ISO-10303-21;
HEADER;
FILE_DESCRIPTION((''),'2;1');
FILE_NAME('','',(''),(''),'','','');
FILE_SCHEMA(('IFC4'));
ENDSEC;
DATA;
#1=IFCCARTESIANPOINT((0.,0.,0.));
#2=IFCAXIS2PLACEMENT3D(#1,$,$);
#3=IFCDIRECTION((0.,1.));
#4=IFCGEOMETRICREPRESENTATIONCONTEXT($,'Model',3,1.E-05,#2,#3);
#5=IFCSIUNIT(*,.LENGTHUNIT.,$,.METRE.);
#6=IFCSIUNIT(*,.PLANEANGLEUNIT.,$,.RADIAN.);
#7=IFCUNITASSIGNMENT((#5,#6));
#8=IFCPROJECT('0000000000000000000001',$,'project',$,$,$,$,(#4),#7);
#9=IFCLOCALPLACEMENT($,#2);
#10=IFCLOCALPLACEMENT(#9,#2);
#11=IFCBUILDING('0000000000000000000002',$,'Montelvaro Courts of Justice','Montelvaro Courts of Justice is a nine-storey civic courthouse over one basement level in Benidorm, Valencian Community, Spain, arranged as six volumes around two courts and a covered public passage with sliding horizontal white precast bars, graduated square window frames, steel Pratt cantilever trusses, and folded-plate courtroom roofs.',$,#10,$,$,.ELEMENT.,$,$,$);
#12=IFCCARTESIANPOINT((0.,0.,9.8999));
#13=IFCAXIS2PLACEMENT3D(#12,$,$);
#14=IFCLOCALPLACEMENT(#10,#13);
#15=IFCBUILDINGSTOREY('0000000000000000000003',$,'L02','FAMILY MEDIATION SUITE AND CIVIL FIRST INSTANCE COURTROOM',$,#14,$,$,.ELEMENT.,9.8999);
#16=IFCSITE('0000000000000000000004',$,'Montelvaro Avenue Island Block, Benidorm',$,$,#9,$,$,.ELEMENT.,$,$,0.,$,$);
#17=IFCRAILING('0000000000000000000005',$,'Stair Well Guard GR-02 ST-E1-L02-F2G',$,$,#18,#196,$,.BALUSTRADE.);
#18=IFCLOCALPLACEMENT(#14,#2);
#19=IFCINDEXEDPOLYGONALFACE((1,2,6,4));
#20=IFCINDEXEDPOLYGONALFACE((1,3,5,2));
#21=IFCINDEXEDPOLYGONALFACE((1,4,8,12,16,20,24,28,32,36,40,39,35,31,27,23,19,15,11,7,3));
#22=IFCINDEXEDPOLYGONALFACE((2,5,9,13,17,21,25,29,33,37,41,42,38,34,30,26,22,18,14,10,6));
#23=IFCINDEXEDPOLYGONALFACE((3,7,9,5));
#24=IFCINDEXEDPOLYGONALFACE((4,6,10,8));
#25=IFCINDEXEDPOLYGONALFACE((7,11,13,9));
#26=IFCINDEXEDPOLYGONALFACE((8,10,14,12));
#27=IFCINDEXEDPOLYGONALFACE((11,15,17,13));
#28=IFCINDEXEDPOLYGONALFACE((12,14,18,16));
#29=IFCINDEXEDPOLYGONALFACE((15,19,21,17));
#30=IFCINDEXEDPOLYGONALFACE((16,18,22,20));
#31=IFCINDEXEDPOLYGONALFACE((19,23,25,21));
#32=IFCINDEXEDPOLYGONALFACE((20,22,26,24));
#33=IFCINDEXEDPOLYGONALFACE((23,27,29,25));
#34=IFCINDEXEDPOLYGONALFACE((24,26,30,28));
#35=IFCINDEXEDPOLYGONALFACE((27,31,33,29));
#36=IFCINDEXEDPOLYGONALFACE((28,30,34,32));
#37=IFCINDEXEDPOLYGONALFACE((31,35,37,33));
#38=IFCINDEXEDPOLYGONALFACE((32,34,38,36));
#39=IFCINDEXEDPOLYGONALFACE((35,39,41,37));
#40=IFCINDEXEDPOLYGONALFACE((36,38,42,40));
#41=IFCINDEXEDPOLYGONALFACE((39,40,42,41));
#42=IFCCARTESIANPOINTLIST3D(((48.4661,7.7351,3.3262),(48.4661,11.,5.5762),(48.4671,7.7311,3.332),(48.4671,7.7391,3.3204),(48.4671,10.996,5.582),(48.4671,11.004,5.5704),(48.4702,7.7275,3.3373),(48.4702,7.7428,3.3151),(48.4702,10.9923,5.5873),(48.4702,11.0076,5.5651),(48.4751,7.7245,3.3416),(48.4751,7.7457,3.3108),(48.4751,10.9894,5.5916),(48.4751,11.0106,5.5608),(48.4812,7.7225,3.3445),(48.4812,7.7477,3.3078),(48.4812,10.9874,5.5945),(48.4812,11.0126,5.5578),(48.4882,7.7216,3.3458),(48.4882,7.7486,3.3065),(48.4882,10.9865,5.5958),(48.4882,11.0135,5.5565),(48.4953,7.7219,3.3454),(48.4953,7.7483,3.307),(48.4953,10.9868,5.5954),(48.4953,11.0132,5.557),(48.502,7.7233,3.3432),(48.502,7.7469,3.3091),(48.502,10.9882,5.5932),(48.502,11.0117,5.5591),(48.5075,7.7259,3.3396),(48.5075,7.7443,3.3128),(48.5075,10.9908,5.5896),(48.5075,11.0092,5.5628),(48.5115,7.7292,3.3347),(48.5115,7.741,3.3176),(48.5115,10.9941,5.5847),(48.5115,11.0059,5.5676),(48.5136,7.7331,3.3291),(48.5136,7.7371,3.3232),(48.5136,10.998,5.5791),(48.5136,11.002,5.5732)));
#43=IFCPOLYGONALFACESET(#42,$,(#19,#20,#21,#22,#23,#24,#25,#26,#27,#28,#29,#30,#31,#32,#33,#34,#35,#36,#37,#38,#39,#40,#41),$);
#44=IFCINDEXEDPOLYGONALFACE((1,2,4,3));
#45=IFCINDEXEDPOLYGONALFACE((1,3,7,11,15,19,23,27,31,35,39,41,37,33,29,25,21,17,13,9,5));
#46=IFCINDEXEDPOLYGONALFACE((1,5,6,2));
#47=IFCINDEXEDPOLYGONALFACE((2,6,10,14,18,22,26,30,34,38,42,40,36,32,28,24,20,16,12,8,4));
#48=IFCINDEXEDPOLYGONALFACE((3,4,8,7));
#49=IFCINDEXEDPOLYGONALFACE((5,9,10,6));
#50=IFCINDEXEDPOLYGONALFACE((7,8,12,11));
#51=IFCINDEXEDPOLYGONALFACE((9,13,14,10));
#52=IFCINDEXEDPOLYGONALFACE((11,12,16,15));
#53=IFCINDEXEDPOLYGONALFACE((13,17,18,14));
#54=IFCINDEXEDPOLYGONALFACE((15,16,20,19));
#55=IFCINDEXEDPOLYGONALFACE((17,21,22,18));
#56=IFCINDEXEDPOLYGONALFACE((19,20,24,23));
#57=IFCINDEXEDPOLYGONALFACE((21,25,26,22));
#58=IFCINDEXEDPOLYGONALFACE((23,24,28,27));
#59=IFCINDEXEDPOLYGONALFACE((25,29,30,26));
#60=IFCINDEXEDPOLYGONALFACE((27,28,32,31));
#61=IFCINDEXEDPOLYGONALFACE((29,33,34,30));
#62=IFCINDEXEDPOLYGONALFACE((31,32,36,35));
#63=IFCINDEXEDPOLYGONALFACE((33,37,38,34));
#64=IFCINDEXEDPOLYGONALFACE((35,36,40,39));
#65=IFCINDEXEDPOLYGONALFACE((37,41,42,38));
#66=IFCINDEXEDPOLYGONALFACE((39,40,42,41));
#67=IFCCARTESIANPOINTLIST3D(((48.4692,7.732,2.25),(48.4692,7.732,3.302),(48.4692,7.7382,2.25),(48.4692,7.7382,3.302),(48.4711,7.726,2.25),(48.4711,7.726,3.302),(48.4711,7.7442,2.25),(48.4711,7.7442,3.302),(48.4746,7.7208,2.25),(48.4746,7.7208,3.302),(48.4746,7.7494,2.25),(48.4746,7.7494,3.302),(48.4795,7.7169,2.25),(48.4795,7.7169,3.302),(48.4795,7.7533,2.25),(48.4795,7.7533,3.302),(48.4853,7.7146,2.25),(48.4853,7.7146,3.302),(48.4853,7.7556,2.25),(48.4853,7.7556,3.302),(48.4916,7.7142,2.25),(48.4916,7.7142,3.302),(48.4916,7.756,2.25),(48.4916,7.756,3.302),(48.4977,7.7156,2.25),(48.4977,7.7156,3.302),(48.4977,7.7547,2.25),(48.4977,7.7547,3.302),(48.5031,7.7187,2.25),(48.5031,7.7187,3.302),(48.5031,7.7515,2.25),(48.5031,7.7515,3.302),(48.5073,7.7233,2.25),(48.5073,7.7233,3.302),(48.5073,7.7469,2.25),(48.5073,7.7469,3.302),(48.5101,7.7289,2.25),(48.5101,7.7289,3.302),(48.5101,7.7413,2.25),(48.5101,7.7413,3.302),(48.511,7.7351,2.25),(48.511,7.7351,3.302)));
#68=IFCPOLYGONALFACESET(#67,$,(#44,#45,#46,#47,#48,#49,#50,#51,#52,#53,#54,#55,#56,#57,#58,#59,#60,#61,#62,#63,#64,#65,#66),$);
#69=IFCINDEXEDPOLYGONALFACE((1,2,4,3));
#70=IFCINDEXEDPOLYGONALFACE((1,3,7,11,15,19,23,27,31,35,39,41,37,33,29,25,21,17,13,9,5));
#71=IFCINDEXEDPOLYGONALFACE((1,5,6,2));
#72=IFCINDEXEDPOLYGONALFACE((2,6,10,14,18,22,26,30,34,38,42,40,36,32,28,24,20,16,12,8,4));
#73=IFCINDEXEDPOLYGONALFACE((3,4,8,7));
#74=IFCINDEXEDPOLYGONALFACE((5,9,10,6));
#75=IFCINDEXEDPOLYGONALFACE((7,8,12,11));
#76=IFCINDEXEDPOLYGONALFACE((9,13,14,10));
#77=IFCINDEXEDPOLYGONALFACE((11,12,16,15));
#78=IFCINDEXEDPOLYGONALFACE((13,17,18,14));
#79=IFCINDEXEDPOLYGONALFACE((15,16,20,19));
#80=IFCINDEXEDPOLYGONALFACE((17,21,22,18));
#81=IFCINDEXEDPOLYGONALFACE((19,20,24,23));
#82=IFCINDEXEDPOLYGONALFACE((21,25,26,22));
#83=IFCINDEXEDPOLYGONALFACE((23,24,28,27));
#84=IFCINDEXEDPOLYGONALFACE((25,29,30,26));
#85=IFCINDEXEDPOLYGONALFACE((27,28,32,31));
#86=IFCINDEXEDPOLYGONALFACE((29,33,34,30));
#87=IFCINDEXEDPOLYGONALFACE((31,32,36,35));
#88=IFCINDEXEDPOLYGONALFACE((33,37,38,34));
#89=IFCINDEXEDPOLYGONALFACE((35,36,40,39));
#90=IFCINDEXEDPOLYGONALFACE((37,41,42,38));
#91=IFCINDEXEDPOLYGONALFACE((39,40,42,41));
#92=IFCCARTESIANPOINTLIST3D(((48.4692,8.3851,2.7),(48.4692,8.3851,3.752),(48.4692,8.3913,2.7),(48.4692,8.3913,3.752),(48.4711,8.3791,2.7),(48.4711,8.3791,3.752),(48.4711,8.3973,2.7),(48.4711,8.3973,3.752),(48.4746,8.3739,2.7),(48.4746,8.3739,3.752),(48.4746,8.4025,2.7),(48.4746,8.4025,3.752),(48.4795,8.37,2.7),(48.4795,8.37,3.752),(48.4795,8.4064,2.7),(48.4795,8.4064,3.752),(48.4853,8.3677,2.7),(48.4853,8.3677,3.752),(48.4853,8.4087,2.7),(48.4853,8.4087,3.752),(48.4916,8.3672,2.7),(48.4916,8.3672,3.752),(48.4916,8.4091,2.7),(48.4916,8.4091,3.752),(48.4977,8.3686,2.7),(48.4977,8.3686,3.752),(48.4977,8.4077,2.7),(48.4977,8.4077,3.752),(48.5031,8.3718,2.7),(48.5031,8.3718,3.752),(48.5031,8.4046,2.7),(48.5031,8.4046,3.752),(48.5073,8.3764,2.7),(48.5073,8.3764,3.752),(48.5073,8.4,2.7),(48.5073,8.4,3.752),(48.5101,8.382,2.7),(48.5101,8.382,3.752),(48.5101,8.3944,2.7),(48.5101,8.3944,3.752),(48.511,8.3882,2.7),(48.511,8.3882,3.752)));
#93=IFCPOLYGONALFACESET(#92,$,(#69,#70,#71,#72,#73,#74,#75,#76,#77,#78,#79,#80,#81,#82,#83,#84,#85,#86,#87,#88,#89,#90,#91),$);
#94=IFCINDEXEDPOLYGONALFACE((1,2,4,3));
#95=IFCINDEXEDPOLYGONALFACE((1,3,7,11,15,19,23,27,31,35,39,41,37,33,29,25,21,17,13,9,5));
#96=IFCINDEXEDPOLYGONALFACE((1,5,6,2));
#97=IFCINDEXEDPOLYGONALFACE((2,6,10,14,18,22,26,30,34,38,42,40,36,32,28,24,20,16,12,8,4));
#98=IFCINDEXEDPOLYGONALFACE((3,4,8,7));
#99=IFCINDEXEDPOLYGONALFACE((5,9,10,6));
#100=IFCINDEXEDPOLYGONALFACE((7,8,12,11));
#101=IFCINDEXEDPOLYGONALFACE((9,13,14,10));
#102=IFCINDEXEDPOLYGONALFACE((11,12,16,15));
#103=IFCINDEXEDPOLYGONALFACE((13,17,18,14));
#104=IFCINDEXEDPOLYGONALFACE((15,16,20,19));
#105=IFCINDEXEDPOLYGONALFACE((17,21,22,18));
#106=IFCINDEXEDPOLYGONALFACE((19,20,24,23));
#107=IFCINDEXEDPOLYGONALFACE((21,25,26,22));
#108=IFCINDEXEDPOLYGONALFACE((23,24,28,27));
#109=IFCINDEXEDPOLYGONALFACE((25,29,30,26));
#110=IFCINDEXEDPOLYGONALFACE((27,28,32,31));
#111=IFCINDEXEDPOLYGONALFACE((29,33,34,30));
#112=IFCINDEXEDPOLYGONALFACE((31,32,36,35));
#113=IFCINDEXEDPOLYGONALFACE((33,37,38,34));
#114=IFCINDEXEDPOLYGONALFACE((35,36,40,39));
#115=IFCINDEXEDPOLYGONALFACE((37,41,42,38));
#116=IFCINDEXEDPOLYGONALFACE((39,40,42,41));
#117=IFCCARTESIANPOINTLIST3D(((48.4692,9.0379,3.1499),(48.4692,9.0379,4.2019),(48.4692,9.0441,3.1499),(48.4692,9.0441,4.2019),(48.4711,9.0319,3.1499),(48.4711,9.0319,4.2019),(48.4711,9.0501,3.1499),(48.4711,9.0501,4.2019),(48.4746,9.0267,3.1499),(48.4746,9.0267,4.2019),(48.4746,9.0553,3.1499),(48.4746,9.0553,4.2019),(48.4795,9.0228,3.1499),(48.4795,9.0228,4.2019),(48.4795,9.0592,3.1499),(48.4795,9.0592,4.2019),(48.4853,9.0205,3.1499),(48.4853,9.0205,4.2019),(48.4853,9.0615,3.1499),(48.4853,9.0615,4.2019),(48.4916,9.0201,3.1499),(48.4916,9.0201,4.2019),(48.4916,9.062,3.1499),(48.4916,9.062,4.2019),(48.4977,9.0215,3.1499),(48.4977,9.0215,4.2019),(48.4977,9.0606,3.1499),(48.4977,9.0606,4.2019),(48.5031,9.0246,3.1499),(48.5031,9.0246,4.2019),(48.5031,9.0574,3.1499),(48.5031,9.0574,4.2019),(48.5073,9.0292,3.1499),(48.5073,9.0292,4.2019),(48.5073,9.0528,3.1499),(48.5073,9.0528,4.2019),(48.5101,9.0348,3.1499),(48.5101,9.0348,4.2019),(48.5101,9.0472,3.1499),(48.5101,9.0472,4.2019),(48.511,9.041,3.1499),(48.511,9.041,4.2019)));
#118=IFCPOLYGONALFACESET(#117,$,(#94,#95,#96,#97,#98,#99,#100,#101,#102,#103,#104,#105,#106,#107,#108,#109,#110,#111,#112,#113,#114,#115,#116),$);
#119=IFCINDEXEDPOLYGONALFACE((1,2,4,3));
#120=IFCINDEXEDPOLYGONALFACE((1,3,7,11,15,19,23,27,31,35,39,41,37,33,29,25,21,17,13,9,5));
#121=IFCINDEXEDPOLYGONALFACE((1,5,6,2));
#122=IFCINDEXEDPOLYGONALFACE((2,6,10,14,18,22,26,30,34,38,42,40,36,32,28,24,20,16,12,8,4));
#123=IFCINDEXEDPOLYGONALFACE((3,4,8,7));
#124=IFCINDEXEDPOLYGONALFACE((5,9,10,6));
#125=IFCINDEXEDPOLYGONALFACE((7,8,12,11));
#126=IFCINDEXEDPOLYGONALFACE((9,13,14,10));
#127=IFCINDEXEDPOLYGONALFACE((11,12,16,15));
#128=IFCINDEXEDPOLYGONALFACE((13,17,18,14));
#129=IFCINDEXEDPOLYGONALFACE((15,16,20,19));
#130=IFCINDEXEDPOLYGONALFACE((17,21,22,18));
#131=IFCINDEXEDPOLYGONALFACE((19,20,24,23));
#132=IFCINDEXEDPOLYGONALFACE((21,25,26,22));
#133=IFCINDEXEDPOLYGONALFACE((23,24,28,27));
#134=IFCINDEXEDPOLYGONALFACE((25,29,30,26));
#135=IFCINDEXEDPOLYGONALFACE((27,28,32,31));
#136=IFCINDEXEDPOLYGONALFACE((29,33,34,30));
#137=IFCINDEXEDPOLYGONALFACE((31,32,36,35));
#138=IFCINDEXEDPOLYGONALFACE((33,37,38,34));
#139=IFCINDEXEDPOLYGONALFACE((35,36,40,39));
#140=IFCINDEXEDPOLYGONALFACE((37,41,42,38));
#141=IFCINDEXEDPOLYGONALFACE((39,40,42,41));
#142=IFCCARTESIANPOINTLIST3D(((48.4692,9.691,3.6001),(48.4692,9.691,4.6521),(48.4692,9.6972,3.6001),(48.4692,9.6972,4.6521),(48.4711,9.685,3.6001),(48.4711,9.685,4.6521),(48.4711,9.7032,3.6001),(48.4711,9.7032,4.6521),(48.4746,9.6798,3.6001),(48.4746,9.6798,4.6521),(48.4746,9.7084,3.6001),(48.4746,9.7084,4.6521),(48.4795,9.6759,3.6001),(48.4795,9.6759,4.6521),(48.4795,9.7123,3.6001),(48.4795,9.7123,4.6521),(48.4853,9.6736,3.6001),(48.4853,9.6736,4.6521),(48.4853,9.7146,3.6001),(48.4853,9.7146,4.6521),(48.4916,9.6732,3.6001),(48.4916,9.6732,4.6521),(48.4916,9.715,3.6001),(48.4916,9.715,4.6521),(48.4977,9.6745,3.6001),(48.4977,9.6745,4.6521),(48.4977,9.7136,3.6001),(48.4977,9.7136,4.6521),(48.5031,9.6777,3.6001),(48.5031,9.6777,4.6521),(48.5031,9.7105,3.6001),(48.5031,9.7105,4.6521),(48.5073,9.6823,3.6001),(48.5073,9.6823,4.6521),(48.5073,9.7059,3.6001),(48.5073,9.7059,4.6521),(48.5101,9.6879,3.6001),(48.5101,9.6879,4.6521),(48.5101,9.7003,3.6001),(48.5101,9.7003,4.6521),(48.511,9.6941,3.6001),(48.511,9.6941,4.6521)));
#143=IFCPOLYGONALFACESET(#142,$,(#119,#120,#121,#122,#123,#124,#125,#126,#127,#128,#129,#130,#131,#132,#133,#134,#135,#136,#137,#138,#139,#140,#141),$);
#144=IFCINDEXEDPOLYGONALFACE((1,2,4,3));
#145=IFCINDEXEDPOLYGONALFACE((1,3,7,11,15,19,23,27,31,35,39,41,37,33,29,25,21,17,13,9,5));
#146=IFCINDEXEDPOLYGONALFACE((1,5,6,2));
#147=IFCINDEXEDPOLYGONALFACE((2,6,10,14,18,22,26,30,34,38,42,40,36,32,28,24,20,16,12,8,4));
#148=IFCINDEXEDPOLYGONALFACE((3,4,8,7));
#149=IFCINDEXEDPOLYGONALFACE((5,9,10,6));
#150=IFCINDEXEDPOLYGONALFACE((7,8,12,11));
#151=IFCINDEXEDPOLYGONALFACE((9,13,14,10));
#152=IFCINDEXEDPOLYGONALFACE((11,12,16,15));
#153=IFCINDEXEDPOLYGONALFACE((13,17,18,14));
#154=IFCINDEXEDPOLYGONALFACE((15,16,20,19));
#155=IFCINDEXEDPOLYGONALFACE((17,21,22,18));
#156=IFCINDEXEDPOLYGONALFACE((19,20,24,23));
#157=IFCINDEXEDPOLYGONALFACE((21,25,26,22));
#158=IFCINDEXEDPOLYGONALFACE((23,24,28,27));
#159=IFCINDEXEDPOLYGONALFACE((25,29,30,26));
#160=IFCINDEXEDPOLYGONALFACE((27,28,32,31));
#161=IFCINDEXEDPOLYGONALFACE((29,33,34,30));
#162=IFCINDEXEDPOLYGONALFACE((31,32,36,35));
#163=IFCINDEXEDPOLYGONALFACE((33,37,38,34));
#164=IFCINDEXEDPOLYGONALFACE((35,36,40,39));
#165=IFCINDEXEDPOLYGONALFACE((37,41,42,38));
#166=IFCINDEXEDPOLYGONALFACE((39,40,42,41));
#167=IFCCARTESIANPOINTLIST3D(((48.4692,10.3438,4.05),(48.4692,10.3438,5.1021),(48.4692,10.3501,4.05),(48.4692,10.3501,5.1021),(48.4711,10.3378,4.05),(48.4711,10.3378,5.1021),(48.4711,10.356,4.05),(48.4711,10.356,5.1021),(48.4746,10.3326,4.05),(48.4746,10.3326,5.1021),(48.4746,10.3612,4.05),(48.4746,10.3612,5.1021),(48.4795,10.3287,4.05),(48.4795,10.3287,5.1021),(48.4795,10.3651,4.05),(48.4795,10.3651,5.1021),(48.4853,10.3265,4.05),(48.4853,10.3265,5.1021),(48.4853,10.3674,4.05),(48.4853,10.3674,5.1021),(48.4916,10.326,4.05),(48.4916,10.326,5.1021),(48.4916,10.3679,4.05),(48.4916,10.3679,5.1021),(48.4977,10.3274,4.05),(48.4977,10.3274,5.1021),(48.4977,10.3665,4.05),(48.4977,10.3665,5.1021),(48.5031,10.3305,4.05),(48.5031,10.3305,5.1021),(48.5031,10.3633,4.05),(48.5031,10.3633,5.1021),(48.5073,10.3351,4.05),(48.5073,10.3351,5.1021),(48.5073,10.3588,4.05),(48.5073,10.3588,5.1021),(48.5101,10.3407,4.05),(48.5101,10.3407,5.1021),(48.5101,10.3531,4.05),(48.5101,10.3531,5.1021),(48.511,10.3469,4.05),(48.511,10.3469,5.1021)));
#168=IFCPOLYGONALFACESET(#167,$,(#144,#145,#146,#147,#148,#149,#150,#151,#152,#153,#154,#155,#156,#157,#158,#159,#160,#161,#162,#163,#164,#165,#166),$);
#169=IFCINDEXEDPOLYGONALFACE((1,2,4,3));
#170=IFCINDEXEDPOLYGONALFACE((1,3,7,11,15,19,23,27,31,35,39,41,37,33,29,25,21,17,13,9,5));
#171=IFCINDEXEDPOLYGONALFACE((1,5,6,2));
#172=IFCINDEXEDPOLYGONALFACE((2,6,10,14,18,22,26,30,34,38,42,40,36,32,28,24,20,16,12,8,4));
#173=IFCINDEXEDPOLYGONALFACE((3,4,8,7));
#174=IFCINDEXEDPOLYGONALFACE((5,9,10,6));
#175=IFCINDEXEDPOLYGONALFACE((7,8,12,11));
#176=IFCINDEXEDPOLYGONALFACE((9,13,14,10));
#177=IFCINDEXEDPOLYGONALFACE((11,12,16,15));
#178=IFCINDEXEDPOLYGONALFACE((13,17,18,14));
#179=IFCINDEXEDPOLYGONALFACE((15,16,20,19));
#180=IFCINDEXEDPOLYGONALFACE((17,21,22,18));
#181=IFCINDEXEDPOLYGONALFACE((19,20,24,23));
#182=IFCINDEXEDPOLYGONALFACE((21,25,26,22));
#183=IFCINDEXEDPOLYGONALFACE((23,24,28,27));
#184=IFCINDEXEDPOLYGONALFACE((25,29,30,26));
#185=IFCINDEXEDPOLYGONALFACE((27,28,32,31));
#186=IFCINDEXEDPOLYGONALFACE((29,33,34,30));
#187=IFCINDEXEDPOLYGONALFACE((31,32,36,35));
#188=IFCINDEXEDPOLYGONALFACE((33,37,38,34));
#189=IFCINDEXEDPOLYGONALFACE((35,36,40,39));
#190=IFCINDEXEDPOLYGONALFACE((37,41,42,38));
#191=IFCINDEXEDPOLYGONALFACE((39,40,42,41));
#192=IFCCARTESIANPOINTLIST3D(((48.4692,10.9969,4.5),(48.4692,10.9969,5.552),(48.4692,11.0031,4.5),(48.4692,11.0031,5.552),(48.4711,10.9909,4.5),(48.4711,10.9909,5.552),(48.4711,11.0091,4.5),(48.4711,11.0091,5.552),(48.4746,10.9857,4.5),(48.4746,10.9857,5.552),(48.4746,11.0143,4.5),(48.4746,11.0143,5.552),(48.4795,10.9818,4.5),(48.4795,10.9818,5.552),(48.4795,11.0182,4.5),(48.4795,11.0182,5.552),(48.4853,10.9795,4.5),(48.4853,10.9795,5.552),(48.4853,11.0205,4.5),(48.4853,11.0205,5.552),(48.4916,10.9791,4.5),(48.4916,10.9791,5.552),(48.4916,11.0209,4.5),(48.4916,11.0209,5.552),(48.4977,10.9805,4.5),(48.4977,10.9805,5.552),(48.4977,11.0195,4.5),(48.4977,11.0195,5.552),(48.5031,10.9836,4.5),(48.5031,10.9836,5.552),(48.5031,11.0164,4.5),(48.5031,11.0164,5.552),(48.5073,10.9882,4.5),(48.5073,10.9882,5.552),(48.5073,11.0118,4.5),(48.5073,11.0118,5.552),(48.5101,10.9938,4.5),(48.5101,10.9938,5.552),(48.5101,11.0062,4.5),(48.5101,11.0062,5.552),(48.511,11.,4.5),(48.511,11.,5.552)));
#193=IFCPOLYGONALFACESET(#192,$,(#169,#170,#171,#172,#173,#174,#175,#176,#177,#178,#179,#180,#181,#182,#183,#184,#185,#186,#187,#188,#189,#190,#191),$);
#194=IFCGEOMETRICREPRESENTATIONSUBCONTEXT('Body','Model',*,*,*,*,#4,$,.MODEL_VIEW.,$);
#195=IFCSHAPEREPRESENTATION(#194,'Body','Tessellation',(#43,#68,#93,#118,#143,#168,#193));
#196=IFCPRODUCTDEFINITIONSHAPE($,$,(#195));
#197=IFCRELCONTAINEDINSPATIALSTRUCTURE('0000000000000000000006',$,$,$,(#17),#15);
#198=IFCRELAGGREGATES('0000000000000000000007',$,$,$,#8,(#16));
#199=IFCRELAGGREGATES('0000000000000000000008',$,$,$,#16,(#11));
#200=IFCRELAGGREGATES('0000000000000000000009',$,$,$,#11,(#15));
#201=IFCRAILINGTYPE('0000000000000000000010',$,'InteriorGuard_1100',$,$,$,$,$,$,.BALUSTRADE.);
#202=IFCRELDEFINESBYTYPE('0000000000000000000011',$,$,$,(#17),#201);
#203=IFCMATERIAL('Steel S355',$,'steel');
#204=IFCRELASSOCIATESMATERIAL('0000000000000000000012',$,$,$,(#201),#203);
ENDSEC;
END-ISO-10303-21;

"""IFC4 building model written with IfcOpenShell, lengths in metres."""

from ifc_helpers import new_model, si_unit, direction, frame, origin, origin_2d, place, context, subcontext, project, spatial, circle, extrude, material, type_object, element, save


model = new_model("IFC4")

# Units and contexts
model_context = context("Model", 3, precision=1e-05, world=origin(), true_north=direction((0.0, 1.0)))
body_context = subcontext(model_context, "Body", "Model", "MODEL_VIEW")
ifc_project = project(units=[si_unit("LENGTHUNIT", "METRE"), si_unit("PLANEANGLEUNIT", "RADIAN")], contexts=[model_context])

# Site, building, storey
site_placement = place(None, origin())
site = spatial("IfcSite", under=ifc_project, at=site_placement, Name="Montelvaro Avenue Island Block, Benidorm", CompositionType="ELEMENT", RefElevation=0.0)
building_placement = place(site_placement, origin())
building = spatial("IfcBuilding", under=site, at=building_placement, Name="Montelvaro Courts of Justice", Description="Montelvaro Courts of Justice is a nine-storey civic courthouse over one basement level in Benidorm, Valencian Community, Spain, arranged as six volumes around two courts and a covered public passage with sliding horizontal white precast bars, graduated square window frames, steel Pratt cantilever trusses, and folded-plate courtroom roofs.", CompositionType="ELEMENT")
storey_placement = place(building_placement, frame((0.0, 0.0, 9.8999)))
storey = spatial("IfcBuildingStorey", under=building, at=storey_placement, Name="L02", Description="FAMILY MEDIATION SUITE AND CIVIL FIRST INSTANCE COURTROOM", CompositionType="ELEMENT", Elevation=9.8999)

# Shared definitions
ifc_material_1 = material(Name="Steel S355", Category="steel")

# Railing
railing_type_1 = type_object("IfcRailingType", Name="InteriorGuard_1100", PredefinedType="BALUSTRADE", material=ifc_material_1)
railing_1_placement = place(storey_placement, frame((48.49, 7.7351, 2.25)))
element("IfcRailing", 1, at=railing_1_placement, inside=storey, type_object=railing_type_1, Name="Stair Well Guard GR-02 ST-E1-L02-F2G", PredefinedType="BALUSTRADE", context=body_context, shape_type="SweptSolid", body=[
    extrude(circle(Radius=0.0239, at=origin_2d()), frame((0.0, 0.0, 1.0762), z_axis=(0.0, 0.823407, 0.567451), x_axis=(-1.0, 0.0, 0.0)), (0.0, 0.0, 1.0), 3.9651),
    extrude(circle(Radius=0.021, at=origin_2d()), origin(), (0.0, 0.0, 1.0), 1.052),
    extrude(circle(Radius=0.021, at=origin_2d()), frame((0.0, 0.6531, 0.45)), (0.0, 0.0, 1.0), 1.052),
    extrude(circle(Radius=0.021, at=origin_2d()), frame((0.0, 1.3059, 0.8999)), (0.0, 0.0, 1.0), 1.052),
    extrude(circle(Radius=0.021, at=origin_2d()), frame((0.0, 1.959, 1.3501)), (0.0, 0.0, 1.0), 1.052),
    extrude(circle(Radius=0.021, at=origin_2d()), frame((0.0, 2.6118, 1.8)), (0.0, 0.0, 1.0), 1.052),
    extrude(circle(Radius=0.021, at=origin_2d()), frame((0.0, 3.2649, 2.25)), (0.0, 0.0, 1.0), 1.052),
])

save(model, "model.ifc")
